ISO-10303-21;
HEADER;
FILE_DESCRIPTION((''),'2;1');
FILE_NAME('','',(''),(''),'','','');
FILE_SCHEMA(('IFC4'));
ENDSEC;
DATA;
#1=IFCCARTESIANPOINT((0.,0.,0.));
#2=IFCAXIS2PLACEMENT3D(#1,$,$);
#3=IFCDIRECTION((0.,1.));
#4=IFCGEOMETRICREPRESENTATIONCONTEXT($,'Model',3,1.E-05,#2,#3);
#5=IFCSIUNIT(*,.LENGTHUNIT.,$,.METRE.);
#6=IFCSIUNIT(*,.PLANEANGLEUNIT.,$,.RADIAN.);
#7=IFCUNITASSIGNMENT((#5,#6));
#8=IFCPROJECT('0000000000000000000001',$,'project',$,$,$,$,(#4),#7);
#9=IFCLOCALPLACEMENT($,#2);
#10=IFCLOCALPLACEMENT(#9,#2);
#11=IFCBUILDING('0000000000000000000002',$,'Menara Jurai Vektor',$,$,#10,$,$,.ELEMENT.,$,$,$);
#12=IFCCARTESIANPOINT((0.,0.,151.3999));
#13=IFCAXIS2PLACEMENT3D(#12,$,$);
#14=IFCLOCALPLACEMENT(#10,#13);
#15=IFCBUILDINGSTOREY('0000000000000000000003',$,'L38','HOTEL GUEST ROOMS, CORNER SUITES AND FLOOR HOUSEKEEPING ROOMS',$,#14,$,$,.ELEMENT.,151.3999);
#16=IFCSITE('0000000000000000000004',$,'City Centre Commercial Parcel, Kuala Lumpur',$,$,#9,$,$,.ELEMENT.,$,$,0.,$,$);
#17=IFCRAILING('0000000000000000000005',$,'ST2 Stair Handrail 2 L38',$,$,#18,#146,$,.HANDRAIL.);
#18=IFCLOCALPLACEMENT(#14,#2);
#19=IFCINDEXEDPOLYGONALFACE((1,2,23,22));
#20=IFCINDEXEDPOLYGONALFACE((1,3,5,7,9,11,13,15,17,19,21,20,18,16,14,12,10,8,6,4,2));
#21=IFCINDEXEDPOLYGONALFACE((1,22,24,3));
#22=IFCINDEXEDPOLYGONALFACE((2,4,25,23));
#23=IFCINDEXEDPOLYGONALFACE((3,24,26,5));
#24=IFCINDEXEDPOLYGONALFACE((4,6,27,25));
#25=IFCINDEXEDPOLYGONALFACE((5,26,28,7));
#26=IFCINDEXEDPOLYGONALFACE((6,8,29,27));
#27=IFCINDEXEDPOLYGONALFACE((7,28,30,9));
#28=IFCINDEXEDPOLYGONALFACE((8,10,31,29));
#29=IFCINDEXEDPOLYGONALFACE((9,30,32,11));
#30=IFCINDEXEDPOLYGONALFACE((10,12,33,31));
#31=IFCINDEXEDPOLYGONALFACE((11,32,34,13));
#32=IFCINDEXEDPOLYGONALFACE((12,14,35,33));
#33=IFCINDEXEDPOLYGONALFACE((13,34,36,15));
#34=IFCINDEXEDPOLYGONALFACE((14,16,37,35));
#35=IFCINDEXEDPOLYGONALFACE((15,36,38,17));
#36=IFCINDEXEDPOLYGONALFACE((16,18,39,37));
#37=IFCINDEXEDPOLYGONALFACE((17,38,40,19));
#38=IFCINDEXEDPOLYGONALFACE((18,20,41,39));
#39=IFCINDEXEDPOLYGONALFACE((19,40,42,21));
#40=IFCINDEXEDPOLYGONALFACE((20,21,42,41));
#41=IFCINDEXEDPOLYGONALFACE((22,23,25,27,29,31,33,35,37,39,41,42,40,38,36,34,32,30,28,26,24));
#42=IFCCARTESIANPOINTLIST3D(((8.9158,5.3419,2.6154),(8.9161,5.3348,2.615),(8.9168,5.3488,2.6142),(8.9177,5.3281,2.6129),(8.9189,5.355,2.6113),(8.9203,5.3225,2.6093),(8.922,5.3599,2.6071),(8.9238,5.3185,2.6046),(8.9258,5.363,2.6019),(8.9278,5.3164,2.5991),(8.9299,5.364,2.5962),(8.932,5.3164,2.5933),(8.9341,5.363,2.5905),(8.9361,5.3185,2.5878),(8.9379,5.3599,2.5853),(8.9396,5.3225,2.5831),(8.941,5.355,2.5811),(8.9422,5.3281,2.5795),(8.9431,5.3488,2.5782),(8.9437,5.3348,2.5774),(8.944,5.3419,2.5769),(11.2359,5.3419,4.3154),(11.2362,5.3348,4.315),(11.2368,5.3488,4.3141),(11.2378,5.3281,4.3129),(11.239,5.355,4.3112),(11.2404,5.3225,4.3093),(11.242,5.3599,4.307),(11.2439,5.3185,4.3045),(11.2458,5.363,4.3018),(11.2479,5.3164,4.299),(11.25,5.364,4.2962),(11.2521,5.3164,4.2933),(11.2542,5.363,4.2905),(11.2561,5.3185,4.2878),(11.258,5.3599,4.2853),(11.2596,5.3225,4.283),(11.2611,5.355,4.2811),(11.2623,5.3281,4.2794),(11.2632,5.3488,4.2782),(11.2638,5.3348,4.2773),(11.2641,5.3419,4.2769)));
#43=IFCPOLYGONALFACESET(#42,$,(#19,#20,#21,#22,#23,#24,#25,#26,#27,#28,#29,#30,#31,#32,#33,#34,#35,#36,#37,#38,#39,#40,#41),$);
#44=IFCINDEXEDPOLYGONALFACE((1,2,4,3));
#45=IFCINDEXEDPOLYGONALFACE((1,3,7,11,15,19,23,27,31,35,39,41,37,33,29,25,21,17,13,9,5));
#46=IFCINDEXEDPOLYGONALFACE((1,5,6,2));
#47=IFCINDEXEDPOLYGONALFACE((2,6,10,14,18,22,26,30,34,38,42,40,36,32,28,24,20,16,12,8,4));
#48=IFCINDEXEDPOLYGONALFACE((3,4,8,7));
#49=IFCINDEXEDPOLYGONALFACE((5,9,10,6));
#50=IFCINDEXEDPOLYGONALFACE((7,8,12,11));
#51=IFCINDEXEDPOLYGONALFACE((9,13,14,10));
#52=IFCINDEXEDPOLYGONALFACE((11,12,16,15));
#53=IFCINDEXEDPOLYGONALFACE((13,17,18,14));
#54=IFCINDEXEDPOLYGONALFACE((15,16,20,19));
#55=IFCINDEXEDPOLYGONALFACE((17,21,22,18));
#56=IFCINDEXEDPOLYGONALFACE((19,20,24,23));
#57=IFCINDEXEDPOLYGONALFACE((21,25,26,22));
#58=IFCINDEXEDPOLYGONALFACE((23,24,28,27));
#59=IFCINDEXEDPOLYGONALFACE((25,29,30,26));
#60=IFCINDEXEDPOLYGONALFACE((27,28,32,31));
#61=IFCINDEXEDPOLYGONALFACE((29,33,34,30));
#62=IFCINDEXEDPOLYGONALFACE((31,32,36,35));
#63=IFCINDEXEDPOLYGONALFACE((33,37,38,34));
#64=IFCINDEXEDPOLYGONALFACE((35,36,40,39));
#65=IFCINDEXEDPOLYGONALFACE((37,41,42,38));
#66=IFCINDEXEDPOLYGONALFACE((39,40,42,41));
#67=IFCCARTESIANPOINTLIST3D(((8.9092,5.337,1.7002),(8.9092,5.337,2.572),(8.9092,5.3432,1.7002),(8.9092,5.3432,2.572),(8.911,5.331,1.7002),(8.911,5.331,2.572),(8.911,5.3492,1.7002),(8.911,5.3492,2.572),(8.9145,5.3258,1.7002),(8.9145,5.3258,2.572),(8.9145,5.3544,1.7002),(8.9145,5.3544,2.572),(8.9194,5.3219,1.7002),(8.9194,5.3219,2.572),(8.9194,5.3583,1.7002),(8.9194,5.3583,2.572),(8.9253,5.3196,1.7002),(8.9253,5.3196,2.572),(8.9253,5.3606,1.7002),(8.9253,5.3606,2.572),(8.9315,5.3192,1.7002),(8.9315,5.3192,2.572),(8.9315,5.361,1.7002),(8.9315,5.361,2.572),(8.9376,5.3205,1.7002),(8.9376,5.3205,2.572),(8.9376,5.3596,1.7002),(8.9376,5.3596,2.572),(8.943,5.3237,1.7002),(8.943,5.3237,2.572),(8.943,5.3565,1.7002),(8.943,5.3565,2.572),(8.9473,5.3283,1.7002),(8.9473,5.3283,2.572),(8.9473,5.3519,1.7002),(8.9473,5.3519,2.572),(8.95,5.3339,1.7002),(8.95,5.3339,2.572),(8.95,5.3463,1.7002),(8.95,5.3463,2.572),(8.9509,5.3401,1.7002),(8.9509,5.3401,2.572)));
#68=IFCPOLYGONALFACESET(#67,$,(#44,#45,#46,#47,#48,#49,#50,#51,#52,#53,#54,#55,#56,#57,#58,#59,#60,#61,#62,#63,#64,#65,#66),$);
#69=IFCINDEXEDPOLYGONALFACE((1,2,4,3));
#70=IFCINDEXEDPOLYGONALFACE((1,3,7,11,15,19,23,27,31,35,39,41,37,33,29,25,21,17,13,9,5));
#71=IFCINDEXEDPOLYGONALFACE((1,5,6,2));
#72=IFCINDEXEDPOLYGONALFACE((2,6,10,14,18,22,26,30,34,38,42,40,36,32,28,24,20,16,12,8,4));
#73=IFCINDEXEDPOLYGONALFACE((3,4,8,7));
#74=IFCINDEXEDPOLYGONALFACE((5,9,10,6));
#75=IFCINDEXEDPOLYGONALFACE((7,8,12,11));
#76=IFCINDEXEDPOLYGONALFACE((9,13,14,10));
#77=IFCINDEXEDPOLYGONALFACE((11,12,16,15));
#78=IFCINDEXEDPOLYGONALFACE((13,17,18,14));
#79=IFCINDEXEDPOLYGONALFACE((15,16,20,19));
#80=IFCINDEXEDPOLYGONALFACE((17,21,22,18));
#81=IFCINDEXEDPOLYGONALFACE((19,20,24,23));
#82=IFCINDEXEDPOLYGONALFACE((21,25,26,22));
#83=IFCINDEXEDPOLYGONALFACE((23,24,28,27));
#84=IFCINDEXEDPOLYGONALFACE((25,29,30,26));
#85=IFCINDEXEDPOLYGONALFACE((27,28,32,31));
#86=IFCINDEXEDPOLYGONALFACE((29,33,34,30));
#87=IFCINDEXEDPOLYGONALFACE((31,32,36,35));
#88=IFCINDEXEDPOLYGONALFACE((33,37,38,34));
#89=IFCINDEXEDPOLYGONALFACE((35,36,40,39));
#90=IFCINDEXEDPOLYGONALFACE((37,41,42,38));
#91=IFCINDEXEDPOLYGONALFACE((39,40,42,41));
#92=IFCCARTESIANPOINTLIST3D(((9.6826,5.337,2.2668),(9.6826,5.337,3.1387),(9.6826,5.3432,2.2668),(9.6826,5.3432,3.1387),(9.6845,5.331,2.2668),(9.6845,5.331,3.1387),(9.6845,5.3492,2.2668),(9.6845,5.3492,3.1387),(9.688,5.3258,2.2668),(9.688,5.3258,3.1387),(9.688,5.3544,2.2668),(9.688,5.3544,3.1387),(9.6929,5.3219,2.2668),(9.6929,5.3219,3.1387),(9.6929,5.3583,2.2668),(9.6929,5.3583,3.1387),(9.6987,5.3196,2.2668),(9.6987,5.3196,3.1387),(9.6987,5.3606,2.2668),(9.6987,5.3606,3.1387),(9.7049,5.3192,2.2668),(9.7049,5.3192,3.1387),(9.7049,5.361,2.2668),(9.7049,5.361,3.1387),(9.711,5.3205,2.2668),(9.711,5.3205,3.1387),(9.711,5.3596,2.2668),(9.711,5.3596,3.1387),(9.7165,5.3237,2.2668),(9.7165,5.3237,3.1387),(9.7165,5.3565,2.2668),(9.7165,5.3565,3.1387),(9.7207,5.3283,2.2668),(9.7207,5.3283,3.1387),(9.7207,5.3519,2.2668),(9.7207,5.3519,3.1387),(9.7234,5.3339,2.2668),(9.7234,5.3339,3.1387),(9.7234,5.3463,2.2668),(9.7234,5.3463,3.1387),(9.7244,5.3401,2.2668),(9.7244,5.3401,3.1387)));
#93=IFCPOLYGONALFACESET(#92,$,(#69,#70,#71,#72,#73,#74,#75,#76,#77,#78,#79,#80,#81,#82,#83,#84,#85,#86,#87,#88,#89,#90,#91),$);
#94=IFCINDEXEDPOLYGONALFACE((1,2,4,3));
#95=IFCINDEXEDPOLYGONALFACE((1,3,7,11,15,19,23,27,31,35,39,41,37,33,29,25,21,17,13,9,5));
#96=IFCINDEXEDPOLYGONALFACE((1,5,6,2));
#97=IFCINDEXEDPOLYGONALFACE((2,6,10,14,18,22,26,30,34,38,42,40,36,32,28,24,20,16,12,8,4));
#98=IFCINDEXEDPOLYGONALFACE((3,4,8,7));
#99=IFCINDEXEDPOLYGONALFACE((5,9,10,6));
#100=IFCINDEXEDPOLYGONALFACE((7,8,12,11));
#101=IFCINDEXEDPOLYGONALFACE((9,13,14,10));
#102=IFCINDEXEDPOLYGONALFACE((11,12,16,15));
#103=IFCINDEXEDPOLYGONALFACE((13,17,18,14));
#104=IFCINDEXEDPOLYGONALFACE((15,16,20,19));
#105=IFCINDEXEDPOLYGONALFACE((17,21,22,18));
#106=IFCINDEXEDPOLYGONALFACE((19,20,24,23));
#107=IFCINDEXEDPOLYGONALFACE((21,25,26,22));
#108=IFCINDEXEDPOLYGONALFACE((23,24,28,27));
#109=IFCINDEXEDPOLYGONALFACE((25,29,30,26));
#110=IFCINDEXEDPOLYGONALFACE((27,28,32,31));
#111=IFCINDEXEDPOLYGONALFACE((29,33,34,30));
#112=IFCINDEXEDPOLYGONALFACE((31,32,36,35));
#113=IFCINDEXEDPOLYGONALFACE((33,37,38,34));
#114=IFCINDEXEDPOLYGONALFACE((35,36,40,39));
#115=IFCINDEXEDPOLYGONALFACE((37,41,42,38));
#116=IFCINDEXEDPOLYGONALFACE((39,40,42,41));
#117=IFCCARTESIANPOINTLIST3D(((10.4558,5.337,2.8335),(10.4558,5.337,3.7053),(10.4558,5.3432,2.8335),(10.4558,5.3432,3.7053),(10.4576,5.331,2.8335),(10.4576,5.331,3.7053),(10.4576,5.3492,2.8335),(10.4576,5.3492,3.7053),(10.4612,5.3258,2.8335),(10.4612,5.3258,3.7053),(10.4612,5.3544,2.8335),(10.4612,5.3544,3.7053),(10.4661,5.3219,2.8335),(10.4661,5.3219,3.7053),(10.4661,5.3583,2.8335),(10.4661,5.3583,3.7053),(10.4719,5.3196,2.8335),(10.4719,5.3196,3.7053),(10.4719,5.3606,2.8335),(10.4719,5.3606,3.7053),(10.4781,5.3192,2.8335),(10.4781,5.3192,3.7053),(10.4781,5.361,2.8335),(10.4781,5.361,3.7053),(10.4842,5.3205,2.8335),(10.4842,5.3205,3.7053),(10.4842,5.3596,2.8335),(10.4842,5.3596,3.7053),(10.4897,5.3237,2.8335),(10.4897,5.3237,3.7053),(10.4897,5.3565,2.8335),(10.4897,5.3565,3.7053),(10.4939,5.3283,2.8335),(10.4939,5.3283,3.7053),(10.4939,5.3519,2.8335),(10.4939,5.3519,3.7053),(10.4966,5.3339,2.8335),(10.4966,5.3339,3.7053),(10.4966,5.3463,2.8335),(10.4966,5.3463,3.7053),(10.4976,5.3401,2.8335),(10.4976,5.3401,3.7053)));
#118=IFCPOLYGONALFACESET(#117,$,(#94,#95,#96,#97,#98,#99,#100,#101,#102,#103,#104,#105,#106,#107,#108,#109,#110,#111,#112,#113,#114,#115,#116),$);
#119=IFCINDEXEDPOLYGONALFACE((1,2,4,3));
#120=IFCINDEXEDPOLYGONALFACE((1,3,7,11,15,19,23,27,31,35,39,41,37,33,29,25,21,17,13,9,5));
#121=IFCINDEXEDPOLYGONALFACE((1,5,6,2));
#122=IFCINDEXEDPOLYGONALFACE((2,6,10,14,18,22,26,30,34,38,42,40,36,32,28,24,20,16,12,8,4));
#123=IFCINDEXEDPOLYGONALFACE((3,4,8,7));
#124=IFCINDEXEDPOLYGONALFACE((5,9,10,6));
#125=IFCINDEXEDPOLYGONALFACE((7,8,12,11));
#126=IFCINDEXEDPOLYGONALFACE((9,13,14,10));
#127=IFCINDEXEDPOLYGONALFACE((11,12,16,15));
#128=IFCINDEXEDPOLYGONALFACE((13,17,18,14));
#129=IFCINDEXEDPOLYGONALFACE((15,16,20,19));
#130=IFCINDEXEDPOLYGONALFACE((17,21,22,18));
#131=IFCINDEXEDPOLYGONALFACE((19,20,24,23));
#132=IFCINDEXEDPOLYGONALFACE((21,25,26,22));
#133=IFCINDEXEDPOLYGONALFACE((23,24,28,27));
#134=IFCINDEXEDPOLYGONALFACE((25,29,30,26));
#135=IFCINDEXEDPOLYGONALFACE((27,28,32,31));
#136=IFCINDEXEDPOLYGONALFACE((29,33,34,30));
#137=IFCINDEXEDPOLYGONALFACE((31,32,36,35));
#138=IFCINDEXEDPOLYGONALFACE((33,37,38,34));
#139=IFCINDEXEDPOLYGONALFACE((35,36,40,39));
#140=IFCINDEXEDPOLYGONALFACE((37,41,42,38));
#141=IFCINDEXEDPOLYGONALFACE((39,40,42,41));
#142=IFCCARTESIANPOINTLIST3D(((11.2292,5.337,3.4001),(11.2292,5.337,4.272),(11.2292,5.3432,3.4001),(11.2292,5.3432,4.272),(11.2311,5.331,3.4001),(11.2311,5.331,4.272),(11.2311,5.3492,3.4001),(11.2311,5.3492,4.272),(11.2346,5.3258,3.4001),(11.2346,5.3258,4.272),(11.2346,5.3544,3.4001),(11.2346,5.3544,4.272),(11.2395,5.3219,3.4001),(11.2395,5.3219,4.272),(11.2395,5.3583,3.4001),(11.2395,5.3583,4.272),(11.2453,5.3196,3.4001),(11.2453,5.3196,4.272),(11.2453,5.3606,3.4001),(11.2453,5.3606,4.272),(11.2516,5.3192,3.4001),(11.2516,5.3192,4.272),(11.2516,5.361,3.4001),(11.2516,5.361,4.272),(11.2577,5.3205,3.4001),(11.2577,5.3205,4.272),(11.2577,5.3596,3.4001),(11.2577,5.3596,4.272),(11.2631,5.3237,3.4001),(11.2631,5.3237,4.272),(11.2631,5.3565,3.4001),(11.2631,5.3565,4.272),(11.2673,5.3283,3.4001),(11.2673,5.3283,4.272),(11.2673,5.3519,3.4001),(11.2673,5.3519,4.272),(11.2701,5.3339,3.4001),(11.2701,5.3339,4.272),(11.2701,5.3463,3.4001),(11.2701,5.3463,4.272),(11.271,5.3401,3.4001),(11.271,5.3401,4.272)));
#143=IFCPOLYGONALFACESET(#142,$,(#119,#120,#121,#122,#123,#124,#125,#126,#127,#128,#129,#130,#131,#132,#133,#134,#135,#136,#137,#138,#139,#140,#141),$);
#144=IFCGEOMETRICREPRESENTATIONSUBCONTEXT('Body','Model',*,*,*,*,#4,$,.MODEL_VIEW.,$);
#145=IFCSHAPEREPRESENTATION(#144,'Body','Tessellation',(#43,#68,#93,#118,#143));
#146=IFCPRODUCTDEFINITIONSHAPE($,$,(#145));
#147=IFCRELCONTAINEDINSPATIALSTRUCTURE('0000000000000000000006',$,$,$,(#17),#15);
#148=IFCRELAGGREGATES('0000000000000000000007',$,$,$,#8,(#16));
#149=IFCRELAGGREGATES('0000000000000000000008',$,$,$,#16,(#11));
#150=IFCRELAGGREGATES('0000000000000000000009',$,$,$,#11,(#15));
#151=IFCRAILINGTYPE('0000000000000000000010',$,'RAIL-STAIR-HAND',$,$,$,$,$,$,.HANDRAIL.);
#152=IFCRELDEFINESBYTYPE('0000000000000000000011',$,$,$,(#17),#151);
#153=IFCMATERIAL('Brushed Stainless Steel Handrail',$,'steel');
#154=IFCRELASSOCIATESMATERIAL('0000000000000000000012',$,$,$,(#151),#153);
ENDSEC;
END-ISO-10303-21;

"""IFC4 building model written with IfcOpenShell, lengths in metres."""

from ifc_helpers import new_model, si_unit, direction, frame, origin, origin_2d, place, context, subcontext, project, spatial, circle, extrude, material, type_object, element, save


model = new_model("IFC4")

# Units and contexts
model_context = context("Model", 3, precision=1e-05, world=origin(), true_north=direction((0.0, 1.0)))
body_context = subcontext(model_context, "Body", "Model", "MODEL_VIEW")
ifc_project = project(units=[si_unit("LENGTHUNIT", "METRE"), si_unit("PLANEANGLEUNIT", "RADIAN")], contexts=[model_context])

# Site, building, storey
site_placement = place(None, origin())
site = spatial("IfcSite", under=ifc_project, at=site_placement, Name="City Centre Commercial Parcel, Kuala Lumpur", CompositionType="ELEMENT", RefElevation=0.0)
building_placement = place(site_placement, origin())
building = spatial("IfcBuilding", under=site, at=building_placement, Name="Menara Jurai Vektor", CompositionType="ELEMENT")
storey_placement = place(building_placement, frame((0.0, 0.0, 151.3999)))
storey = spatial("IfcBuildingStorey", under=building, at=storey_placement, Name="L38", Description="HOTEL GUEST ROOMS, CORNER SUITES AND FLOOR HOUSEKEEPING ROOMS", CompositionType="ELEMENT", Elevation=151.3999)

# Railing
ifc_material_1 = material(Name="Brushed Stainless Steel Handrail", Category="steel")
railing_type_1 = type_object("IfcRailingType", Name="RAIL-STAIR-HAND", PredefinedType="HANDRAIL", material=ifc_material_1)
railing_1_placement = place(storey_placement, frame((8.9299, 5.3401, 1.7002)))
element("IfcRailing", 1, at=railing_1_placement, inside=storey, type_object=railing_type_1, Name="ST2 Stair Handrail 2 L38", PredefinedType="HANDRAIL", context=body_context, shape_type="SweptSolid", body=[
    extrude(circle(Radius=0.0239, at=origin_2d()), frame((0.0, 0.0, 0.896), z_axis=(0.806642, 0.0, 0.59104), x_axis=(0.0, 1.0, 0.0)), (0.0, 0.0, 1.0), 2.8762),
    extrude(circle(Radius=0.021, at=origin_2d()), origin(), (0.0, 0.0, 1.0), 0.8718),
    extrude(circle(Radius=0.021, at=origin_2d()), frame((0.7734, 0.0, 0.5667)), (0.0, 0.0, 1.0), 0.8718),
    extrude(circle(Radius=0.021, at=origin_2d()), frame((1.5466, 0.0, 1.1333)), (0.0, 0.0, 1.0), 0.8718),
    extrude(circle(Radius=0.021, at=origin_2d()), frame((2.3201, 0.0, 1.7)), (0.0, 0.0, 1.0), 0.8718),
])

save(model, "model.ifc")
